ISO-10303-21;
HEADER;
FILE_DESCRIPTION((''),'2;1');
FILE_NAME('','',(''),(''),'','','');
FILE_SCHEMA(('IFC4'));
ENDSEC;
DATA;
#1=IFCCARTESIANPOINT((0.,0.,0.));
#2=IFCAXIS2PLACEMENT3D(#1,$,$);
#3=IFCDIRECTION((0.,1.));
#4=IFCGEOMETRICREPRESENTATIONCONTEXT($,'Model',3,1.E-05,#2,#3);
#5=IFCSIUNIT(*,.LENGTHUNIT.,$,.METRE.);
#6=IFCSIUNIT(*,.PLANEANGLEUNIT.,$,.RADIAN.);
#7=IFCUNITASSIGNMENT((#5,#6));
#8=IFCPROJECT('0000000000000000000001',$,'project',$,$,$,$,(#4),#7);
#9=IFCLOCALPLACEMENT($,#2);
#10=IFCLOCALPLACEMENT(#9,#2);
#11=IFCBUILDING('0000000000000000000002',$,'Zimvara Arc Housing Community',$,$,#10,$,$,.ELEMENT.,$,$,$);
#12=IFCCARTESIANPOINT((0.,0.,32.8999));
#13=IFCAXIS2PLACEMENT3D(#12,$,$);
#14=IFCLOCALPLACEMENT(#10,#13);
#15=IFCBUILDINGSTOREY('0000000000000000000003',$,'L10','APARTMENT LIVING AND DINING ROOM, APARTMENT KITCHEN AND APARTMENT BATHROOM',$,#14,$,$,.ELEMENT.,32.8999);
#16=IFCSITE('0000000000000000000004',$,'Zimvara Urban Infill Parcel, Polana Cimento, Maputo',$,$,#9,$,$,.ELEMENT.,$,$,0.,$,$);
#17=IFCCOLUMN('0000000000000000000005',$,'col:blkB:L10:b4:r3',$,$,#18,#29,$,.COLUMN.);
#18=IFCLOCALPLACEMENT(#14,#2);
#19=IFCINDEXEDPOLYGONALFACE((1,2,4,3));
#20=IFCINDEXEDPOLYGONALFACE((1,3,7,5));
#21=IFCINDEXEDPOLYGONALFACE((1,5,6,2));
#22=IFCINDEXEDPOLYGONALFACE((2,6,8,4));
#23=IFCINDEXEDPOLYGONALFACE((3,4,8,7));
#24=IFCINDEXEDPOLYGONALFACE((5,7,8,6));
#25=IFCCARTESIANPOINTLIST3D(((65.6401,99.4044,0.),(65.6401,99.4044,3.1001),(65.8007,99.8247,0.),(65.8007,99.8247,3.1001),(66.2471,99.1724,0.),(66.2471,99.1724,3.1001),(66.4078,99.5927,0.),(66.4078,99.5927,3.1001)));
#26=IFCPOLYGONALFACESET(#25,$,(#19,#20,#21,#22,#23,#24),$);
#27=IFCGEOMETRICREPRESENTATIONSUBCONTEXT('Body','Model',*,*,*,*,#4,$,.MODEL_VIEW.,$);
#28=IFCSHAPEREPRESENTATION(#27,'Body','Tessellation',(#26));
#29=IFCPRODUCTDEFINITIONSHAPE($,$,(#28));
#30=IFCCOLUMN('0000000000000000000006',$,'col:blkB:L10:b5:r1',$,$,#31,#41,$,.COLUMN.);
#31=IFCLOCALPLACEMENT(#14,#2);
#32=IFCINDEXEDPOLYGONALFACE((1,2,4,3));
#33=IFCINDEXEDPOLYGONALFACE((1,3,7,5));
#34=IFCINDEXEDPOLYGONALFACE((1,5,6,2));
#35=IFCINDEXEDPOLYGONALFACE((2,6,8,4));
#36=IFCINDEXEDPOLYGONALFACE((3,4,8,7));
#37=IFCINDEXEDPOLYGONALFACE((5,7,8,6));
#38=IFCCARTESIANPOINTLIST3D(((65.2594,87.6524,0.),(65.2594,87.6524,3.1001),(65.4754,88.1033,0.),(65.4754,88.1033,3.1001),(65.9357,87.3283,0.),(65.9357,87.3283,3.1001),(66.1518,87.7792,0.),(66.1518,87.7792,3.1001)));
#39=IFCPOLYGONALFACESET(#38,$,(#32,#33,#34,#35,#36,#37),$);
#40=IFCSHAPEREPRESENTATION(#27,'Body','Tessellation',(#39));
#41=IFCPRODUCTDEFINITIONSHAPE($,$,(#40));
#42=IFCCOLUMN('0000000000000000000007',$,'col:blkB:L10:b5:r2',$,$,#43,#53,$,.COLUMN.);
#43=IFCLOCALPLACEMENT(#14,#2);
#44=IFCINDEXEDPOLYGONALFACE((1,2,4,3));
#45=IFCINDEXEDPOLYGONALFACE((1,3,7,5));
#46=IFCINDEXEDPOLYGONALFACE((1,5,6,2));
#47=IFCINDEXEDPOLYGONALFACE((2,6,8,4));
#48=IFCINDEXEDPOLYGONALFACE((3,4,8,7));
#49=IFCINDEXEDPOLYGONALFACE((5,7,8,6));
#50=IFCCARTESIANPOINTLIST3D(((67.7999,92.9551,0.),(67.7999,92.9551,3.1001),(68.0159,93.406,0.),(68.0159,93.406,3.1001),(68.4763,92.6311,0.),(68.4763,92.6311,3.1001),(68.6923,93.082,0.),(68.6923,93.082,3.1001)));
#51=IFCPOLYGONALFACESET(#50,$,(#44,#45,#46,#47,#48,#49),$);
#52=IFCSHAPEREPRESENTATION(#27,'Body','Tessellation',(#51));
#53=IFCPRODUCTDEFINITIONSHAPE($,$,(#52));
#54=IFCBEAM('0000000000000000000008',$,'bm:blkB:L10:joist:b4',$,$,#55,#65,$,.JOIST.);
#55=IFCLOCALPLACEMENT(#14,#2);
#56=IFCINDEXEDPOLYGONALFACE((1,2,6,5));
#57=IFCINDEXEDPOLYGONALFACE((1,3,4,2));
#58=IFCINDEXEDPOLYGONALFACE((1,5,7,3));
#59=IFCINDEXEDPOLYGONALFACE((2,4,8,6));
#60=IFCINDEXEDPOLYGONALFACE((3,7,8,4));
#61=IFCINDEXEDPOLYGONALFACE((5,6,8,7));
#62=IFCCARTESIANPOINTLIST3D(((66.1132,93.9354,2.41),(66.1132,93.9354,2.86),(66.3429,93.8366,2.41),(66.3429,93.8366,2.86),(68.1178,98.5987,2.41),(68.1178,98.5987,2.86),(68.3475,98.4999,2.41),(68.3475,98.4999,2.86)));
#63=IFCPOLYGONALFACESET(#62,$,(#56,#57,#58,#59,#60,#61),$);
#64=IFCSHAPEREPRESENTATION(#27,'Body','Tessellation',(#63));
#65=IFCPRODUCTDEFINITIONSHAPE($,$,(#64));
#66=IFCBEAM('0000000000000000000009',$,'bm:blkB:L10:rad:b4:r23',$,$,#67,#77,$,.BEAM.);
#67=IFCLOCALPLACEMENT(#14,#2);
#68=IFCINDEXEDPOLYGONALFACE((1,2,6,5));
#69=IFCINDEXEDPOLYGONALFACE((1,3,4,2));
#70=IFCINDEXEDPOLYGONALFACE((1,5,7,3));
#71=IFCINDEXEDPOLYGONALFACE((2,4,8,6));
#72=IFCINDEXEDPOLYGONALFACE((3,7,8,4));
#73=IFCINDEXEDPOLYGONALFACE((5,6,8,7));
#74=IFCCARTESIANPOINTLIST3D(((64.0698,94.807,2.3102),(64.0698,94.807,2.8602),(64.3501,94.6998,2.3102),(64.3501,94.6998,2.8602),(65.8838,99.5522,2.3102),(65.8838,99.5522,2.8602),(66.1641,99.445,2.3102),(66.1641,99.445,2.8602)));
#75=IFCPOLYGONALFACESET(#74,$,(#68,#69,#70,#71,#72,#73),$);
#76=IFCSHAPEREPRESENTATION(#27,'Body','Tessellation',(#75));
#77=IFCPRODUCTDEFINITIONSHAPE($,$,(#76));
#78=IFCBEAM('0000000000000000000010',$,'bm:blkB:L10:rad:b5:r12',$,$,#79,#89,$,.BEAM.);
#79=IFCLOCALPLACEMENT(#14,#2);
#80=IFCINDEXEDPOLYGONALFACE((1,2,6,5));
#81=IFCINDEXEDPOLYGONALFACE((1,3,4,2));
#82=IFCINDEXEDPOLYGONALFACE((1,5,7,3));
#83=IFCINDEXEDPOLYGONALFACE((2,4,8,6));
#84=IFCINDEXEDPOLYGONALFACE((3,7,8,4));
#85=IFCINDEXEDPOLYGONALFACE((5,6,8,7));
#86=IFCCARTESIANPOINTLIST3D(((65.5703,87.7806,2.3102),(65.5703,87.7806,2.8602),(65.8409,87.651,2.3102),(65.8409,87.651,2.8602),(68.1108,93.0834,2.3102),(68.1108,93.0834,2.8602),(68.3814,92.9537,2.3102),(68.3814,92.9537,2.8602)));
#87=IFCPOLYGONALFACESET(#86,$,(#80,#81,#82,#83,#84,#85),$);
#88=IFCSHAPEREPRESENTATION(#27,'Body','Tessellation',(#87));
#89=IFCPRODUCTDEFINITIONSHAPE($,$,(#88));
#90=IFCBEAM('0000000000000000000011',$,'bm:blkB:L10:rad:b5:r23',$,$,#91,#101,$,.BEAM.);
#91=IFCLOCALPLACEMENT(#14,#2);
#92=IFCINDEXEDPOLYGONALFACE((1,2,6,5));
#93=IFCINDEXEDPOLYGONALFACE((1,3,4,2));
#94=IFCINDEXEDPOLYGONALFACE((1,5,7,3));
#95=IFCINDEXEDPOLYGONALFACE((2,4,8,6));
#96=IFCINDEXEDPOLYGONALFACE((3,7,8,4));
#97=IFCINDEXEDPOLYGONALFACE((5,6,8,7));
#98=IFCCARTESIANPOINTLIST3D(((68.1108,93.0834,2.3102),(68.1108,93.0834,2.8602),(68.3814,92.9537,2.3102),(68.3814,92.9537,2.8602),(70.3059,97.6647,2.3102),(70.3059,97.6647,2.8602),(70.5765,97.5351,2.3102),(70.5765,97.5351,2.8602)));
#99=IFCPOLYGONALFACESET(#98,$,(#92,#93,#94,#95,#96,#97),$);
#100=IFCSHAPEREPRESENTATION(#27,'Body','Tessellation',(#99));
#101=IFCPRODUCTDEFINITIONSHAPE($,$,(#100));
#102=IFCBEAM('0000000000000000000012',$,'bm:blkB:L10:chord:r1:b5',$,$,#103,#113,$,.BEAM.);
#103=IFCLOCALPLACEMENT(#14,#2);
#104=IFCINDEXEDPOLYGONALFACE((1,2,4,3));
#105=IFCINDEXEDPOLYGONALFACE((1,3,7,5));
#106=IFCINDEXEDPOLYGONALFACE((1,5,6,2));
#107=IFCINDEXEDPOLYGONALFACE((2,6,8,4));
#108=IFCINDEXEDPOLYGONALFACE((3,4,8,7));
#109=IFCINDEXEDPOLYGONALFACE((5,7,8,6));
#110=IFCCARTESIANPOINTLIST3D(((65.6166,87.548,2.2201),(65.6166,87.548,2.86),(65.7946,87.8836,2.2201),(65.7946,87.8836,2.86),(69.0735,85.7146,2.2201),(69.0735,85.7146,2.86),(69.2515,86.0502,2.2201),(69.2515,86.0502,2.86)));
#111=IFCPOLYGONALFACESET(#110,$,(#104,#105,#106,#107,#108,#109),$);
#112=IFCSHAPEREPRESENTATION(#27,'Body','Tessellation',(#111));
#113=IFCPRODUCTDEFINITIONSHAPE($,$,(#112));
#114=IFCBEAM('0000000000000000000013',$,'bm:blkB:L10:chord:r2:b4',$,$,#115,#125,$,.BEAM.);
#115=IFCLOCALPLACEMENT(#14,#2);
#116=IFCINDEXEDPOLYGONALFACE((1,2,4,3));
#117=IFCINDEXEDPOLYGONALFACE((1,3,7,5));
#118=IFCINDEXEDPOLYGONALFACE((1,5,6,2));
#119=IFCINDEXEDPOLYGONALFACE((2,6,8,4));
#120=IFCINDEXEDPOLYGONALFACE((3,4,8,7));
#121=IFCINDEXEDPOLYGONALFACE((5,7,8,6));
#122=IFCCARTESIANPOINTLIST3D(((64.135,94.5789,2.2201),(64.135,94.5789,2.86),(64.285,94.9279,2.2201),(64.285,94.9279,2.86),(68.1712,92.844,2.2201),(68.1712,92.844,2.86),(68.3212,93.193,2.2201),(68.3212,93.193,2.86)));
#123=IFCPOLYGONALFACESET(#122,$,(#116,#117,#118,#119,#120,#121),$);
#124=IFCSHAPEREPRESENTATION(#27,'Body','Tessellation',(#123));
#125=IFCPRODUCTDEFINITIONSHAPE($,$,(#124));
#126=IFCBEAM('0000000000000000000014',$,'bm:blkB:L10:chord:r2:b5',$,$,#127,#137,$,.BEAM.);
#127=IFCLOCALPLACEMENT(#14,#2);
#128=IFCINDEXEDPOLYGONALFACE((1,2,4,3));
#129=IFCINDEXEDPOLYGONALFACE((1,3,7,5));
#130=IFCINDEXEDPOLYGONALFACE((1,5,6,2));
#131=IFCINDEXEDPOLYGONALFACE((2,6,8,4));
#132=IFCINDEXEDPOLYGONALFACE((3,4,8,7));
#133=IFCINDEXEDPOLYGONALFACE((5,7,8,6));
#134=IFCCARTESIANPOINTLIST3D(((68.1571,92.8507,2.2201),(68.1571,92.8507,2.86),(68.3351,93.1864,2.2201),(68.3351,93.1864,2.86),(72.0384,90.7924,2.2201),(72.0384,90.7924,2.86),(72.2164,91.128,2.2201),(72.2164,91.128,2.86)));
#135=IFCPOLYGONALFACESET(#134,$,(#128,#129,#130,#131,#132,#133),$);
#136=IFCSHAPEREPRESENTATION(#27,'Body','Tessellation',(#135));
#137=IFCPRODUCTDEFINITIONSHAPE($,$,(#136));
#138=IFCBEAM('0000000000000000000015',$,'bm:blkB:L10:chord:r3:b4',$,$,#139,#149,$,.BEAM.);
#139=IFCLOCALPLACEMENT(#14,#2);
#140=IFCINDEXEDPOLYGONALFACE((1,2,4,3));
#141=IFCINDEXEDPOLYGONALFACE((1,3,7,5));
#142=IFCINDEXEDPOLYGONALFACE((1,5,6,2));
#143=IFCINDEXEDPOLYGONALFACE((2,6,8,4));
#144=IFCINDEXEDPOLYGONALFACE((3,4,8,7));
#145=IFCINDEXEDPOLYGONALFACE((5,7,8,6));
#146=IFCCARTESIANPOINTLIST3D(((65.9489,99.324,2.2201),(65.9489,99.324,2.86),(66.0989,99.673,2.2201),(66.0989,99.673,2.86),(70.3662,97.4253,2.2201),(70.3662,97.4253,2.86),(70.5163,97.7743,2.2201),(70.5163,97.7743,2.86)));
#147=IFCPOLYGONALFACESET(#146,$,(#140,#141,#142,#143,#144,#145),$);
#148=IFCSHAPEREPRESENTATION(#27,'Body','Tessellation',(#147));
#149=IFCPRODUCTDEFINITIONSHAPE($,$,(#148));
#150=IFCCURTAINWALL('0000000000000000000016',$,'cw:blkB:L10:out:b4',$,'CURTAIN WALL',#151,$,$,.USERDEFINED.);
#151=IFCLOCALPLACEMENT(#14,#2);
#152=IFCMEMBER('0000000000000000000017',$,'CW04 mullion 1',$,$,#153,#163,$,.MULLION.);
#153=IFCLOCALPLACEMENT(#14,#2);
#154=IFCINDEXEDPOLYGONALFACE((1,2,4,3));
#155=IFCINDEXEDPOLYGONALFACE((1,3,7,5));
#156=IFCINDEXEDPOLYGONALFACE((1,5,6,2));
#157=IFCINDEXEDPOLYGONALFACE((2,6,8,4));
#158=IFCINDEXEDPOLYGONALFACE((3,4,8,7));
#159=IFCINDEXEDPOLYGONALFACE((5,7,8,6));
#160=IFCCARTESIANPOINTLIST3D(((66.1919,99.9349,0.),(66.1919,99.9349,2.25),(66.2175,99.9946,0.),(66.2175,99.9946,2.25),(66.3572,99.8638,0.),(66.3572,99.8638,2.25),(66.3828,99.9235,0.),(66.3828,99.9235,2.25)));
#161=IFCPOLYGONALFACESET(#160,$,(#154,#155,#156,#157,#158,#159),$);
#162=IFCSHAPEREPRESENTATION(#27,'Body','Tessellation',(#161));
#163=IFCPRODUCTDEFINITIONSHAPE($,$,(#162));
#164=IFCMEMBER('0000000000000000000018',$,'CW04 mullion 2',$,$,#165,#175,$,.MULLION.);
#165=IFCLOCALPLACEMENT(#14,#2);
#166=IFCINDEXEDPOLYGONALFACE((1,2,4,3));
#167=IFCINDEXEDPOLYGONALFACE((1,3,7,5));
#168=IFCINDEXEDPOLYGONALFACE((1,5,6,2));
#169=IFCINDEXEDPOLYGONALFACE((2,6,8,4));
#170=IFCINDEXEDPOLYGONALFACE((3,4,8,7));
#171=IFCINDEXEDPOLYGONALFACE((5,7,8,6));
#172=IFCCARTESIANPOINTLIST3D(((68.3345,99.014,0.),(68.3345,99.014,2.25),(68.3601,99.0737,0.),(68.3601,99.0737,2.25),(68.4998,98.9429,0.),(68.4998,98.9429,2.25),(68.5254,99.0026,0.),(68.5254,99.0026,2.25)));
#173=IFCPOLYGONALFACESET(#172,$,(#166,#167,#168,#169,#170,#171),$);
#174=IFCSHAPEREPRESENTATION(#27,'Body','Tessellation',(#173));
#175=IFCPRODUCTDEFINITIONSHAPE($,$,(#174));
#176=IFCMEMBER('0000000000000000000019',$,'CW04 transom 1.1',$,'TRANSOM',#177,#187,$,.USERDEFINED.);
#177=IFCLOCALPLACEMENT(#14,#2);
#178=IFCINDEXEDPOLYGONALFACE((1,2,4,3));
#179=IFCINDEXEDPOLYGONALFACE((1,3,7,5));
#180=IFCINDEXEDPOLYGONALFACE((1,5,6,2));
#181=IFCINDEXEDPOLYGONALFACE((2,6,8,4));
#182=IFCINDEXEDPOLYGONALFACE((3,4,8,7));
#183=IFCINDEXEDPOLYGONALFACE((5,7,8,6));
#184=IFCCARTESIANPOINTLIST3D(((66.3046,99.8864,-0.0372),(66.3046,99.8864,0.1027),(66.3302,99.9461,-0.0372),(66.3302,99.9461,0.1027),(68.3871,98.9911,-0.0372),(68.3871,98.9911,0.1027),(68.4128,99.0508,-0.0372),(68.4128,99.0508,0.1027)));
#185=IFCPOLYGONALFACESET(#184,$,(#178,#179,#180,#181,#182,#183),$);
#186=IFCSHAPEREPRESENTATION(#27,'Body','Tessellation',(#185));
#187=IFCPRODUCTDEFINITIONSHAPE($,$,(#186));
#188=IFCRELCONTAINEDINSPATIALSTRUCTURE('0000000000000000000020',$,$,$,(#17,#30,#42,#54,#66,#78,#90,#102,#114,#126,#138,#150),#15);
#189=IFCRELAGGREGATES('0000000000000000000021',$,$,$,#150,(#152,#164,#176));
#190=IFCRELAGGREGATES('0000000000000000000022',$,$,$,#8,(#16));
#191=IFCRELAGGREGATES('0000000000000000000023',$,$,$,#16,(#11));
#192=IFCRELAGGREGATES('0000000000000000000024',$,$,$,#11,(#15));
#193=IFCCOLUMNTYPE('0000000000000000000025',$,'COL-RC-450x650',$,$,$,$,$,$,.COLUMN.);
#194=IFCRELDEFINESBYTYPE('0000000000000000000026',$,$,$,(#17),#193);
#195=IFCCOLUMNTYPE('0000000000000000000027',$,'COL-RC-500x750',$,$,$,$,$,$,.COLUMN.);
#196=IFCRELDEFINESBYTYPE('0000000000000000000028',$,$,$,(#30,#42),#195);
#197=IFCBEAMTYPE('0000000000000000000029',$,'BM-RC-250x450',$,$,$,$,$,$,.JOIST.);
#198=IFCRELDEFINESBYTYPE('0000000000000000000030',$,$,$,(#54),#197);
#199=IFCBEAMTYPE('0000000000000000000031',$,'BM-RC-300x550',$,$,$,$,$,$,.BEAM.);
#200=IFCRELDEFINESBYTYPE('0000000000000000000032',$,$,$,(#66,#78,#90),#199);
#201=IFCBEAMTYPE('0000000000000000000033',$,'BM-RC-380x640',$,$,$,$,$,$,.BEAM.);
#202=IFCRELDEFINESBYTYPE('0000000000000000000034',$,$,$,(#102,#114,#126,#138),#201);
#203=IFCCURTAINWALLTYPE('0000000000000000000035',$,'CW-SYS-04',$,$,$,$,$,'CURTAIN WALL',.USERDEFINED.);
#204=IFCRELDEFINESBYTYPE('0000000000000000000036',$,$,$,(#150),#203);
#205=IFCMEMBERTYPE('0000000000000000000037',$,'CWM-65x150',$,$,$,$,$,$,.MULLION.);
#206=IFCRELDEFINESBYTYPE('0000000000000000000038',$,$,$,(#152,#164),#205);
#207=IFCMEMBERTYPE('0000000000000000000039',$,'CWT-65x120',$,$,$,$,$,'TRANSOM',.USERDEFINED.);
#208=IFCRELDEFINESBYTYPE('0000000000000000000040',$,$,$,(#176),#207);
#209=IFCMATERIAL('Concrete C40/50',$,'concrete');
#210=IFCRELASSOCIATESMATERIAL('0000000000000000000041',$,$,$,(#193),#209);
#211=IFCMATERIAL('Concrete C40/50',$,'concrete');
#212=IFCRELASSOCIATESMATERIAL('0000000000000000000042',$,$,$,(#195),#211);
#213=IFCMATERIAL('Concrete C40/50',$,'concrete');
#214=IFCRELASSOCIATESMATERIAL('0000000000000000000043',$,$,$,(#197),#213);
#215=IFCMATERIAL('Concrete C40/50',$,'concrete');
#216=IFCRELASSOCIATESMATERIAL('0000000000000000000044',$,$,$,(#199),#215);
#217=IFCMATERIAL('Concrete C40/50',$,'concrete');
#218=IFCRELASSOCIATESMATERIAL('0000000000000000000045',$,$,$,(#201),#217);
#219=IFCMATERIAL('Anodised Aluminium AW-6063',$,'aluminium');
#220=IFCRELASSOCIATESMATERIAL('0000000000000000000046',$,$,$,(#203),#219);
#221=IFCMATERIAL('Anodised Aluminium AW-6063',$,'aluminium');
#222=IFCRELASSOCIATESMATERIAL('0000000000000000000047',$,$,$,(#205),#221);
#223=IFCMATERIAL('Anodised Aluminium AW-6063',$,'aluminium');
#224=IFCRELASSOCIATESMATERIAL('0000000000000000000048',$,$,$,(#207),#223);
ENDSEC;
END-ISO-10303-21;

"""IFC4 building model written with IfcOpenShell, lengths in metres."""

from ifc_helpers import new_model, si_unit, direction, frame, origin, origin_2d, place, context, subcontext, project, spatial, rectangle, extrude, material, material_profile, profile_set, type_object, element, aggregate, save


model = new_model("IFC4")

# Units and contexts
model_context = context("Model", 3, precision=1e-05, world=origin(), true_north=direction((0.0, 1.0)))
body_context = subcontext(model_context, "Body", "Model", "MODEL_VIEW")
ifc_project = project(units=[si_unit("LENGTHUNIT", "METRE"), si_unit("PLANEANGLEUNIT", "RADIAN")], contexts=[model_context])

# Site, building, storey
site_placement = place(None, origin())
site = spatial("IfcSite", under=ifc_project, at=site_placement, Name="Zimvara Urban Infill Parcel, Polana Cimento, Maputo", CompositionType="ELEMENT", RefElevation=0.0)
building_placement = place(site_placement, origin())
building = spatial("IfcBuilding", under=site, at=building_placement, Name="Zimvara Arc Housing Community", CompositionType="ELEMENT")
storey_placement = place(building_placement, frame((0.0, 0.0, 32.8999)))
storey = spatial("IfcBuildingStorey", under=building, at=storey_placement, Name="L10", Description="APARTMENT LIVING AND DINING ROOM, APARTMENT KITCHEN AND APARTMENT BATHROOM", CompositionType="ELEMENT", Elevation=32.8999)

# Columns
ifc_material_1 = material(Name="Concrete C40/50", Category="concrete")
ifc_material_profile_1 = material_profile(ifc_material_1, rectangle(XDim=0.45, YDim=0.6499, at=origin_2d()), Name="RC 450x650")
ifc_profile_set_1 = profile_set([ifc_material_profile_1], Name="Concrete C40/50")
column_type_1 = type_object("IfcColumnType", Name="COL-RC-450x650", PredefinedType="COLUMN", material=ifc_profile_set_1)
column_placement = place(storey_placement, frame((66.0239, 99.4985, 0.0), z_axis=(0.0, 0.0, 1.0), x_axis=(0.357064, 0.93408, 0.0)))
element("IfcColumn", 1, at=column_placement, inside=storey, type_object=column_type_1, Name="col:blkB:L10:b4:r3", PredefinedType="COLUMN", context=body_context, shape_type="SweptSolid", body=[
    extrude(rectangle(XDim=0.45, YDim=0.6499, at=origin_2d()), origin(), (0.0, 0.0, 1.0), 3.1001),
])
ifc_material_2 = material(Name="Concrete C40/50", Category="concrete")
ifc_material_profile_2 = material_profile(ifc_material_2, rectangle(XDim=0.5, YDim=0.75, at=origin_2d()), Name="RC 500x750")
ifc_profile_set_2 = profile_set([ifc_material_profile_2], Name="Concrete C40/50")
column_type_2 = type_object("IfcColumnType", Name="COL-RC-500x750", PredefinedType="COLUMN", material=ifc_profile_set_2)
for number, where, z_axis, x_axis, name in (
    (2, (65.7056, 87.7158, 0.0), (0.0, 0.0, 1.0), (0.432086, 0.901833, 0.0), "col:blkB:L10:b5:r1"),
    (3, (68.2461, 93.0186, 0.0), (0.0, 0.0, 1.0), (0.432086, 0.901833, 0.0), "col:blkB:L10:b5:r2"),
):
    element("IfcColumn", number, at=place(storey_placement, frame(where, z_axis=z_axis, x_axis=x_axis)), inside=storey, type_object=column_type_2, Name=name, PredefinedType="COLUMN", context=body_context, shape_type="SweptSolid", body=[
        extrude(rectangle(XDim=0.5, YDim=0.75, at=origin_2d()), origin(), (0.0, 0.0, 1.0), 3.1001),
    ])

# Beams
ifc_material_3 = material(Name="Concrete C40/50", Category="concrete")
ifc_material_profile_3 = material_profile(ifc_material_3, rectangle(XDim=0.25, YDim=0.45, at=origin_2d()), Name="RC 250x450")
ifc_profile_set_3 = profile_set([ifc_material_profile_3], Name="Concrete C40/50")
beam_type_1 = type_object("IfcBeamType", Name="BM-RC-250x450", PredefinedType="JOIST", material=ifc_profile_set_3)
beam_1_placement = place(storey_placement, frame((66.228, 93.886, 2.635), z_axis=(0.394929, 0.918712, 0.0), x_axis=(-0.918712, 0.394929, 0.0)))
element("IfcBeam", 4, at=beam_1_placement, inside=storey, type_object=beam_type_1, Name="bm:blkB:L10:joist:b4", PredefinedType="JOIST", context=body_context, shape_type="SweptSolid", body=[
    extrude(rectangle(XDim=0.25, YDim=0.45, at=origin_2d()), origin(), (0.0, 0.0, 1.0), 5.0759),
])
ifc_material_4 = material(Name="Concrete C40/50", Category="concrete")
ifc_material_profile_4 = material_profile(ifc_material_4, rectangle(XDim=0.3, YDim=0.55, at=origin_2d()), Name="RC 300x550")
ifc_profile_set_4 = profile_set([ifc_material_profile_4], Name="Concrete C40/50")
beam_type_2 = type_object("IfcBeamType", Name="BM-RC-300x550", PredefinedType="BEAM", material=ifc_profile_set_4)
beam_2_placement = place(storey_placement, frame((64.21, 94.7534, 2.5852), z_axis=(0.357078, 0.934074, 0.0), x_axis=(-0.934074, 0.357078, 0.0)))
element("IfcBeam", 5, at=beam_2_placement, inside=storey, type_object=beam_type_2, Name="bm:blkB:L10:rad:b4:r23", PredefinedType="BEAM", context=body_context, shape_type="SweptSolid", body=[
    extrude(rectangle(XDim=0.3, YDim=0.55, at=origin_2d()), origin(), (0.0, 0.0, 1.0), 5.0801),
])
beam_3_placement = place(storey_placement, frame((65.7056, 87.7158, 2.5852), z_axis=(0.43207, 0.90184, 0.0), x_axis=(-0.90184, 0.43207, 0.0)))
element("IfcBeam", 6, at=beam_3_placement, inside=storey, type_object=beam_type_2, Name="bm:blkB:L10:rad:b5:r12", PredefinedType="BEAM", context=body_context, shape_type="SweptSolid", body=[
    extrude(rectangle(XDim=0.3, YDim=0.55, at=origin_2d()), origin(), (0.0, 0.0, 1.0), 5.8799),
])
beam_4_placement = place(storey_placement, frame((68.2461, 93.0186, 2.5852), z_axis=(0.432098, 0.901827, 0.0), x_axis=(-0.901827, 0.432098, 0.0)))
element("IfcBeam", 7, at=beam_4_placement, inside=storey, type_object=beam_type_2, Name="bm:blkB:L10:rad:b5:r23", PredefinedType="BEAM", context=body_context, shape_type="SweptSolid", body=[
    extrude(rectangle(XDim=0.3, YDim=0.55, at=origin_2d()), origin(), (0.0, 0.0, 1.0), 5.0801),
])
ifc_material_5 = material(Name="Concrete C40/50", Category="concrete")
ifc_material_profile_5 = material_profile(ifc_material_5, rectangle(XDim=0.3799, YDim=0.6399, at=origin_2d()), Name="RC 380x640")
ifc_profile_set_5 = profile_set([ifc_material_profile_5], Name="Concrete C40/50")
beam_type_3 = type_object("IfcBeamType", Name="BM-RC-380x640", PredefinedType="BEAM", material=ifc_profile_set_5)
beam_5_placement = place(storey_placement, frame((65.7056, 87.7158, 2.54), z_axis=(0.883439, -0.468547, 0.0), x_axis=(0.468547, 0.883439, 0.0)))
element("IfcBeam", 8, at=beam_5_placement, inside=storey, type_object=beam_type_3, Name="bm:blkB:L10:chord:r1:b5", PredefinedType="BEAM", context=body_context, shape_type="SweptSolid", body=[
    extrude(rectangle(XDim=0.3799, YDim=0.6399, at=origin_2d()), origin(), (0.0, 0.0, 1.0), 3.9131),
])
for number, where, z_axis, x_axis, name in (
    (9, (64.21, 94.7534, 2.54), (0.918725, -0.394898, 0.0), (0.394898, 0.918725, 0.0), "bm:blkB:L10:chord:r2:b4"),
    (10, (68.2461, 93.0186, 2.54), (0.883457, -0.468513, 0.0), (0.468513, 0.883457, 0.0), "bm:blkB:L10:chord:r2:b5"),
):
    element("IfcBeam", number, at=place(storey_placement, frame(where, z_axis=z_axis, x_axis=x_axis)), inside=storey, type_object=beam_type_3, Name=name, PredefinedType="BEAM", context=body_context, shape_type="SweptSolid", body=[
        extrude(rectangle(XDim=0.3799, YDim=0.6399, at=origin_2d()), origin(), (0.0, 0.0, 1.0), 4.3933),
    ])
beam_6_placement = place(storey_placement, frame((66.0239, 99.4985, 2.54), z_axis=(0.918724, -0.3949, 0.0), x_axis=(0.3949, 0.918724, 0.0)))
element("IfcBeam", 11, at=beam_6_placement, inside=storey, type_object=beam_type_3, Name="bm:blkB:L10:chord:r3:b4", PredefinedType="BEAM", context=body_context, shape_type="SweptSolid", body=[
    extrude(rectangle(XDim=0.3799, YDim=0.6399, at=origin_2d()), origin(), (0.0, 0.0, 1.0), 4.8081),
])

# Curtain wall, members
ifc_material_6 = material(Name="Anodised Aluminium AW-6063", Category="aluminium")
curtain_wall_type_1 = type_object("IfcCurtainWallType", Name="CW-SYS-04", ElementType="CURTAIN WALL", PredefinedType="USERDEFINED", material=ifc_material_6)
curtain_wall_1_placement = place(storey_placement, origin())
curtain_wall_1 = element("IfcCurtainWall", 12, at=curtain_wall_1_placement, inside=storey, type_object=curtain_wall_type_1, Name="cw:blkB:L10:out:b4", ObjectType="CURTAIN WALL", PredefinedType="USERDEFINED")
ifc_material_7 = material(Name="Anodised Aluminium AW-6063", Category="aluminium")
ifc_material_profile_6 = material_profile(ifc_material_7, rectangle(XDim=0.0649, YDim=0.1799, at=origin_2d()), Name="ALU 65x180")
ifc_profile_set_6 = profile_set([ifc_material_profile_6], Name="Anodised Aluminium AW-6063")
member_type_1 = type_object("IfcMemberType", Name="CWM-65x150", PredefinedType="MULLION", material=ifc_profile_set_6)
member_1_placement = place(storey_placement, frame((66.2874, 99.9292, 0.0), z_axis=(0.0, 0.0, 1.0), x_axis=(0.394904, 0.918722, 0.0)))
member_1 = element("IfcMember", 13, at=member_1_placement, type_object=member_type_1, Name="CW04 mullion 1", PredefinedType="MULLION", context=body_context, shape_type="SweptSolid", body=[
    extrude(rectangle(XDim=0.0649, YDim=0.1799, at=origin_2d()), origin(), (0.0, 0.0, 1.0), 2.25),
])
member_2_placement = place(storey_placement, frame((68.4299, 99.0083, 0.0), z_axis=(0.0, 0.0, 1.0), x_axis=(0.394904, 0.918722, 0.0)))
member_2 = element("IfcMember", 14, at=member_2_placement, type_object=member_type_1, Name="CW04 mullion 2", PredefinedType="MULLION", context=body_context, shape_type="SweptSolid", body=[
    extrude(rectangle(XDim=0.0649, YDim=0.1799, at=origin_2d()), origin(), (0.0, 0.0, 1.0), 2.25),
])
ifc_material_8 = material(Name="Anodised Aluminium AW-6063", Category="aluminium")
ifc_material_profile_7 = material_profile(ifc_material_8, rectangle(XDim=0.0649, YDim=0.1399, at=origin_2d()), Name="ALU 65x140")
ifc_profile_set_7 = profile_set([ifc_material_profile_7], Name="Anodised Aluminium AW-6063")
member_type_2 = type_object("IfcMemberType", Name="CWT-65x120", ElementType="TRANSOM", PredefinedType="USERDEFINED", material=ifc_profile_set_7)
member_3_placement = place(storey_placement, frame((66.3174, 99.9163, 0.0327), z_axis=(0.918704, -0.394946, 0.0), x_axis=(0.394946, 0.918704, 0.0)))
member_3 = element("IfcMember", 15, at=member_3_placement, type_object=member_type_2, Name="CW04 transom 1.1", ObjectType="TRANSOM", PredefinedType="USERDEFINED", context=body_context, shape_type="SweptSolid", body=[
    extrude(rectangle(XDim=0.0649, YDim=0.1399, at=origin_2d()), origin(), (0.0, 0.0, 1.0), 2.2668),
])
aggregate(curtain_wall_1, [member_1, member_2, member_3])

save(model, "model.ifc")
